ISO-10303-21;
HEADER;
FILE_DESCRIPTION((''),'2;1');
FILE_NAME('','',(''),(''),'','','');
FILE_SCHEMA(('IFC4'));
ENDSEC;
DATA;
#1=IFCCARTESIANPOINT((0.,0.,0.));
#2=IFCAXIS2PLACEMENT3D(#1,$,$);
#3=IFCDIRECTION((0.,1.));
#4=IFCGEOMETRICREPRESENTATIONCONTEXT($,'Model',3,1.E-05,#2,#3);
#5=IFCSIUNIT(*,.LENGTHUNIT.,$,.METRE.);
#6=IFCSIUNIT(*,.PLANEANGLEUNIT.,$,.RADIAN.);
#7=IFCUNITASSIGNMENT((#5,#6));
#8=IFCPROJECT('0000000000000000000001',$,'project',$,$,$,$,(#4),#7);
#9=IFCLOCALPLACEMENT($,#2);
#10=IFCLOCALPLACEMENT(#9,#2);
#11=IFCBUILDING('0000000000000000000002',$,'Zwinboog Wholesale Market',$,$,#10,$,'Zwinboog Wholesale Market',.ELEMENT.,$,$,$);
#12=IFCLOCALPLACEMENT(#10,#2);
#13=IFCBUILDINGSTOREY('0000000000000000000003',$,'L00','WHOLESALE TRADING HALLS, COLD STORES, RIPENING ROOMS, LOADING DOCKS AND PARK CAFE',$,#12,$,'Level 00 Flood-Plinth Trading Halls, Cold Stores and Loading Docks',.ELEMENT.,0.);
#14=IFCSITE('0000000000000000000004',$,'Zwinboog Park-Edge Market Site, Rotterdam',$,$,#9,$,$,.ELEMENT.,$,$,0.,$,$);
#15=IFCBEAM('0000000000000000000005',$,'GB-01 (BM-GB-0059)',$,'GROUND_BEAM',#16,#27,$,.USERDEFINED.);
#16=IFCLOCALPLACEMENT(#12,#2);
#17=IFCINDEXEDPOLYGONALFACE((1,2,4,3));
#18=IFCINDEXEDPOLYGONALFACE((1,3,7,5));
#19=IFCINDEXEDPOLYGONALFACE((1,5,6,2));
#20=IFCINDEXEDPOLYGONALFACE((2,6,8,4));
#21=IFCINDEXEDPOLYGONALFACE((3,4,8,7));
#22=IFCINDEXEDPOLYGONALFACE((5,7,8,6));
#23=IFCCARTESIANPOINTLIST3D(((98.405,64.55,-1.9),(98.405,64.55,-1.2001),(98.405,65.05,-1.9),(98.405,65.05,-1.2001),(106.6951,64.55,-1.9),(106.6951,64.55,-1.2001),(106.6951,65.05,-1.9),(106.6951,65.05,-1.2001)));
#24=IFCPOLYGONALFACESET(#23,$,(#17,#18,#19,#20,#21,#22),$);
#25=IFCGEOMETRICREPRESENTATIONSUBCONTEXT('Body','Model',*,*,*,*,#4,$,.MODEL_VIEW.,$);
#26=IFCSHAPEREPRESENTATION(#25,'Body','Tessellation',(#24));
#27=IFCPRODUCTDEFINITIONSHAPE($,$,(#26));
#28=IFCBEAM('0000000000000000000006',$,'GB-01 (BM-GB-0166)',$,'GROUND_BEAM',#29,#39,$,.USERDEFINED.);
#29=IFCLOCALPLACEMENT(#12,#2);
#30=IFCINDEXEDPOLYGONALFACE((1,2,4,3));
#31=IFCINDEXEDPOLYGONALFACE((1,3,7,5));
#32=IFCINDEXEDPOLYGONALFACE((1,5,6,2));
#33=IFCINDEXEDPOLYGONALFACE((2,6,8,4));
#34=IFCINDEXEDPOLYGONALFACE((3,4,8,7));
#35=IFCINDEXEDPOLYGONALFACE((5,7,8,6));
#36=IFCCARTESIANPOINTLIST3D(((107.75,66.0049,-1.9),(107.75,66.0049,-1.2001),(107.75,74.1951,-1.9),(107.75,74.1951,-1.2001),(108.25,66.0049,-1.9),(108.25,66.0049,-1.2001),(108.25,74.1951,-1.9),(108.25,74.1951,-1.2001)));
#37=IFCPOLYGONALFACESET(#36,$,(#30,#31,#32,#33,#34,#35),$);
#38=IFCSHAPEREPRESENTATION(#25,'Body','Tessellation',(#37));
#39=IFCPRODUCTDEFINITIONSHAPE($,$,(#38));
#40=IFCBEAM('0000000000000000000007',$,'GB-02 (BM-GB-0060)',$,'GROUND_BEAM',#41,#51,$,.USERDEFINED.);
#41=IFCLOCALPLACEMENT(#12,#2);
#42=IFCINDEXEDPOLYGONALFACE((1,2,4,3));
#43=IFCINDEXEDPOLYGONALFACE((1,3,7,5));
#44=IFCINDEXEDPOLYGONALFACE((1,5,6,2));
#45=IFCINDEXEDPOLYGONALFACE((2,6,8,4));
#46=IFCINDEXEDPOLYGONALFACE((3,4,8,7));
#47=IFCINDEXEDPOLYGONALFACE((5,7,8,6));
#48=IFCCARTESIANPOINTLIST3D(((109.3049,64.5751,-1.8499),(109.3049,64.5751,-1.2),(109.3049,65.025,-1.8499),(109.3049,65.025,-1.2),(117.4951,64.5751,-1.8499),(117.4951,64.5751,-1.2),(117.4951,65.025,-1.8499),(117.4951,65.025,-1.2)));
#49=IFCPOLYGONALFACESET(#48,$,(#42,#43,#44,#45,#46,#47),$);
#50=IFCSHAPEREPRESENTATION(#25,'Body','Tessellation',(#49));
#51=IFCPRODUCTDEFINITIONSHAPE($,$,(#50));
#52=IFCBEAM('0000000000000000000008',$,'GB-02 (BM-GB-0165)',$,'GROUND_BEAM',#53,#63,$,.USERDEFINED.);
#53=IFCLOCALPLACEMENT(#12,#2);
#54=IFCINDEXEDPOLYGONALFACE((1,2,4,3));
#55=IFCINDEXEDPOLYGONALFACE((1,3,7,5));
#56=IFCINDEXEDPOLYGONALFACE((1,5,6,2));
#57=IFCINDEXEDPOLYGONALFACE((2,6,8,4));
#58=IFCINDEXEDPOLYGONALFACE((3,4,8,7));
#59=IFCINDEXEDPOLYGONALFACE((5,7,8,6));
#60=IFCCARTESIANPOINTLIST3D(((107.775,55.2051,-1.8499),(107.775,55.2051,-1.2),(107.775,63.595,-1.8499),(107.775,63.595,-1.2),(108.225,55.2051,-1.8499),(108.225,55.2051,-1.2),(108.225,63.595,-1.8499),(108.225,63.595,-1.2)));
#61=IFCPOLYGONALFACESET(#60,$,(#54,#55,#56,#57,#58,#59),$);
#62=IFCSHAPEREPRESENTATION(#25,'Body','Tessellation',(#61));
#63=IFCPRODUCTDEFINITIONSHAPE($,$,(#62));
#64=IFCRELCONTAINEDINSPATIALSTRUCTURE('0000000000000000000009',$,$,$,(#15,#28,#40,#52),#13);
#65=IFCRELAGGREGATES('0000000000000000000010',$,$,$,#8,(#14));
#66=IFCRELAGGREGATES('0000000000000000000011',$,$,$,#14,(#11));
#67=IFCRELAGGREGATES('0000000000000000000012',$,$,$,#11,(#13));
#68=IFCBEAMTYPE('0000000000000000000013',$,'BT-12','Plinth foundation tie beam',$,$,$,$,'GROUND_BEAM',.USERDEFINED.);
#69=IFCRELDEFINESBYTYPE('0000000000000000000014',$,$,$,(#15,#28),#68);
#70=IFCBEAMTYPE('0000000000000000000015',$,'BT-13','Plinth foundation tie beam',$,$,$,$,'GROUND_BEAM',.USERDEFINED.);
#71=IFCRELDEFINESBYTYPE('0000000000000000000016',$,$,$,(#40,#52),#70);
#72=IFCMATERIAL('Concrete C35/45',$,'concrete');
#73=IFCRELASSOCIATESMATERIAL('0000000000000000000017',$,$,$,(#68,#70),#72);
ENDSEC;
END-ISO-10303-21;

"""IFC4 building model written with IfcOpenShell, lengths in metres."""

from ifc_helpers import new_model, si_unit, direction, frame, origin, origin_2d, place, context, subcontext, project, spatial, rectangle, extrude, material, material_profile, profile_set, type_object, element, save


model = new_model("IFC4")

# Units and contexts
model_context = context("Model", 3, precision=1e-05, world=origin(), true_north=direction((0.0, 1.0)))
body_context = subcontext(model_context, "Body", "Model", "MODEL_VIEW")
ifc_project = project(units=[si_unit("LENGTHUNIT", "METRE"), si_unit("PLANEANGLEUNIT", "RADIAN")], contexts=[model_context])

# Site, building, storey
site_placement = place(None, origin())
site = spatial("IfcSite", under=ifc_project, at=site_placement, Name="Zwinboog Park-Edge Market Site, Rotterdam", CompositionType="ELEMENT", RefElevation=0.0)
building_placement = place(site_placement, origin())
building = spatial("IfcBuilding", under=site, at=building_placement, Name="Zwinboog Wholesale Market", LongName="Zwinboog Wholesale Market", CompositionType="ELEMENT")
storey_placement = place(building_placement, origin())
storey = spatial("IfcBuildingStorey", under=building, at=storey_placement, Name="L00", Description="WHOLESALE TRADING HALLS, COLD STORES, RIPENING ROOMS, LOADING DOCKS AND PARK CAFE", LongName="Level 00 Flood-Plinth Trading Halls, Cold Stores and Loading Docks", CompositionType="ELEMENT", Elevation=0.0)

# Shared definitions
ifc_material_1 = material(Name="Concrete C35/45", Category="concrete")

# Beams
ifc_material_profile_1 = material_profile(ifc_material_1, rectangle(XDim=0.5, YDim=0.7, at=origin_2d()), Name="RC 500x700")
ifc_profile_set_1 = profile_set([ifc_material_profile_1], Name="Concrete C35/45")
beam_type_1 = type_object("IfcBeamType", Name="BT-12", Description="Plinth foundation tie beam", ElementType="GROUND_BEAM", PredefinedType="USERDEFINED", material=ifc_profile_set_1)
beam_1_placement = place(storey_placement, frame((98.405, 64.8, -1.55), z_axis=(1.0, 0.0, 0.0), x_axis=(0.0, 1.0, 0.0)))
element("IfcBeam", 1, at=beam_1_placement, inside=storey, type_object=beam_type_1, Name="GB-01 (BM-GB-0059)", ObjectType="GROUND_BEAM", PredefinedType="USERDEFINED", context=body_context, shape_type="SweptSolid", body=[
    extrude(rectangle(XDim=0.5, YDim=0.7, at=origin_2d()), origin(), (0.0, 0.0, 1.0), 8.29),
])
beam_2_placement = place(storey_placement, frame((108.0, 66.0049, -1.55), z_axis=(0.0, 1.0, 0.0), x_axis=(-1.0, 0.0, 0.0)))
element("IfcBeam", 2, at=beam_2_placement, inside=storey, type_object=beam_type_1, Name="GB-01 (BM-GB-0166)", ObjectType="GROUND_BEAM", PredefinedType="USERDEFINED", context=body_context, shape_type="SweptSolid", body=[
    extrude(rectangle(XDim=0.5, YDim=0.7, at=origin_2d()), origin(), (0.0, 0.0, 1.0), 8.1902),
])
ifc_material_profile_2 = material_profile(ifc_material_1, rectangle(XDim=0.45, YDim=0.6499, at=origin_2d()), Name="RC 450x650")
ifc_profile_set_2 = profile_set([ifc_material_profile_2], Name="Concrete C35/45")
beam_type_2 = type_object("IfcBeamType", Name="BT-13", Description="Plinth foundation tie beam", ElementType="GROUND_BEAM", PredefinedType="USERDEFINED", material=ifc_profile_set_2)
beam_3_placement = place(storey_placement, frame((109.3049, 64.8, -1.5249), z_axis=(1.0, 0.0, 0.0), x_axis=(0.0, 1.0, 0.0)))
element("IfcBeam", 3, at=beam_3_placement, inside=storey, type_object=beam_type_2, Name="GB-02 (BM-GB-0060)", ObjectType="GROUND_BEAM", PredefinedType="USERDEFINED", context=body_context, shape_type="SweptSolid", body=[
    extrude(rectangle(XDim=0.45, YDim=0.6499, at=origin_2d()), origin(), (0.0, 0.0, 1.0), 8.1902),
])
beam_4_placement = place(storey_placement, frame((108.0, 55.2051, -1.5249), z_axis=(0.0, 1.0, 0.0), x_axis=(-1.0, 0.0, 0.0)))
element("IfcBeam", 4, at=beam_4_placement, inside=storey, type_object=beam_type_2, Name="GB-02 (BM-GB-0165)", ObjectType="GROUND_BEAM", PredefinedType="USERDEFINED", context=body_context, shape_type="SweptSolid", body=[
    extrude(rectangle(XDim=0.45, YDim=0.6499, at=origin_2d()), origin(), (0.0, 0.0, 1.0), 8.3899),
])

save(model, "model.ifc")
